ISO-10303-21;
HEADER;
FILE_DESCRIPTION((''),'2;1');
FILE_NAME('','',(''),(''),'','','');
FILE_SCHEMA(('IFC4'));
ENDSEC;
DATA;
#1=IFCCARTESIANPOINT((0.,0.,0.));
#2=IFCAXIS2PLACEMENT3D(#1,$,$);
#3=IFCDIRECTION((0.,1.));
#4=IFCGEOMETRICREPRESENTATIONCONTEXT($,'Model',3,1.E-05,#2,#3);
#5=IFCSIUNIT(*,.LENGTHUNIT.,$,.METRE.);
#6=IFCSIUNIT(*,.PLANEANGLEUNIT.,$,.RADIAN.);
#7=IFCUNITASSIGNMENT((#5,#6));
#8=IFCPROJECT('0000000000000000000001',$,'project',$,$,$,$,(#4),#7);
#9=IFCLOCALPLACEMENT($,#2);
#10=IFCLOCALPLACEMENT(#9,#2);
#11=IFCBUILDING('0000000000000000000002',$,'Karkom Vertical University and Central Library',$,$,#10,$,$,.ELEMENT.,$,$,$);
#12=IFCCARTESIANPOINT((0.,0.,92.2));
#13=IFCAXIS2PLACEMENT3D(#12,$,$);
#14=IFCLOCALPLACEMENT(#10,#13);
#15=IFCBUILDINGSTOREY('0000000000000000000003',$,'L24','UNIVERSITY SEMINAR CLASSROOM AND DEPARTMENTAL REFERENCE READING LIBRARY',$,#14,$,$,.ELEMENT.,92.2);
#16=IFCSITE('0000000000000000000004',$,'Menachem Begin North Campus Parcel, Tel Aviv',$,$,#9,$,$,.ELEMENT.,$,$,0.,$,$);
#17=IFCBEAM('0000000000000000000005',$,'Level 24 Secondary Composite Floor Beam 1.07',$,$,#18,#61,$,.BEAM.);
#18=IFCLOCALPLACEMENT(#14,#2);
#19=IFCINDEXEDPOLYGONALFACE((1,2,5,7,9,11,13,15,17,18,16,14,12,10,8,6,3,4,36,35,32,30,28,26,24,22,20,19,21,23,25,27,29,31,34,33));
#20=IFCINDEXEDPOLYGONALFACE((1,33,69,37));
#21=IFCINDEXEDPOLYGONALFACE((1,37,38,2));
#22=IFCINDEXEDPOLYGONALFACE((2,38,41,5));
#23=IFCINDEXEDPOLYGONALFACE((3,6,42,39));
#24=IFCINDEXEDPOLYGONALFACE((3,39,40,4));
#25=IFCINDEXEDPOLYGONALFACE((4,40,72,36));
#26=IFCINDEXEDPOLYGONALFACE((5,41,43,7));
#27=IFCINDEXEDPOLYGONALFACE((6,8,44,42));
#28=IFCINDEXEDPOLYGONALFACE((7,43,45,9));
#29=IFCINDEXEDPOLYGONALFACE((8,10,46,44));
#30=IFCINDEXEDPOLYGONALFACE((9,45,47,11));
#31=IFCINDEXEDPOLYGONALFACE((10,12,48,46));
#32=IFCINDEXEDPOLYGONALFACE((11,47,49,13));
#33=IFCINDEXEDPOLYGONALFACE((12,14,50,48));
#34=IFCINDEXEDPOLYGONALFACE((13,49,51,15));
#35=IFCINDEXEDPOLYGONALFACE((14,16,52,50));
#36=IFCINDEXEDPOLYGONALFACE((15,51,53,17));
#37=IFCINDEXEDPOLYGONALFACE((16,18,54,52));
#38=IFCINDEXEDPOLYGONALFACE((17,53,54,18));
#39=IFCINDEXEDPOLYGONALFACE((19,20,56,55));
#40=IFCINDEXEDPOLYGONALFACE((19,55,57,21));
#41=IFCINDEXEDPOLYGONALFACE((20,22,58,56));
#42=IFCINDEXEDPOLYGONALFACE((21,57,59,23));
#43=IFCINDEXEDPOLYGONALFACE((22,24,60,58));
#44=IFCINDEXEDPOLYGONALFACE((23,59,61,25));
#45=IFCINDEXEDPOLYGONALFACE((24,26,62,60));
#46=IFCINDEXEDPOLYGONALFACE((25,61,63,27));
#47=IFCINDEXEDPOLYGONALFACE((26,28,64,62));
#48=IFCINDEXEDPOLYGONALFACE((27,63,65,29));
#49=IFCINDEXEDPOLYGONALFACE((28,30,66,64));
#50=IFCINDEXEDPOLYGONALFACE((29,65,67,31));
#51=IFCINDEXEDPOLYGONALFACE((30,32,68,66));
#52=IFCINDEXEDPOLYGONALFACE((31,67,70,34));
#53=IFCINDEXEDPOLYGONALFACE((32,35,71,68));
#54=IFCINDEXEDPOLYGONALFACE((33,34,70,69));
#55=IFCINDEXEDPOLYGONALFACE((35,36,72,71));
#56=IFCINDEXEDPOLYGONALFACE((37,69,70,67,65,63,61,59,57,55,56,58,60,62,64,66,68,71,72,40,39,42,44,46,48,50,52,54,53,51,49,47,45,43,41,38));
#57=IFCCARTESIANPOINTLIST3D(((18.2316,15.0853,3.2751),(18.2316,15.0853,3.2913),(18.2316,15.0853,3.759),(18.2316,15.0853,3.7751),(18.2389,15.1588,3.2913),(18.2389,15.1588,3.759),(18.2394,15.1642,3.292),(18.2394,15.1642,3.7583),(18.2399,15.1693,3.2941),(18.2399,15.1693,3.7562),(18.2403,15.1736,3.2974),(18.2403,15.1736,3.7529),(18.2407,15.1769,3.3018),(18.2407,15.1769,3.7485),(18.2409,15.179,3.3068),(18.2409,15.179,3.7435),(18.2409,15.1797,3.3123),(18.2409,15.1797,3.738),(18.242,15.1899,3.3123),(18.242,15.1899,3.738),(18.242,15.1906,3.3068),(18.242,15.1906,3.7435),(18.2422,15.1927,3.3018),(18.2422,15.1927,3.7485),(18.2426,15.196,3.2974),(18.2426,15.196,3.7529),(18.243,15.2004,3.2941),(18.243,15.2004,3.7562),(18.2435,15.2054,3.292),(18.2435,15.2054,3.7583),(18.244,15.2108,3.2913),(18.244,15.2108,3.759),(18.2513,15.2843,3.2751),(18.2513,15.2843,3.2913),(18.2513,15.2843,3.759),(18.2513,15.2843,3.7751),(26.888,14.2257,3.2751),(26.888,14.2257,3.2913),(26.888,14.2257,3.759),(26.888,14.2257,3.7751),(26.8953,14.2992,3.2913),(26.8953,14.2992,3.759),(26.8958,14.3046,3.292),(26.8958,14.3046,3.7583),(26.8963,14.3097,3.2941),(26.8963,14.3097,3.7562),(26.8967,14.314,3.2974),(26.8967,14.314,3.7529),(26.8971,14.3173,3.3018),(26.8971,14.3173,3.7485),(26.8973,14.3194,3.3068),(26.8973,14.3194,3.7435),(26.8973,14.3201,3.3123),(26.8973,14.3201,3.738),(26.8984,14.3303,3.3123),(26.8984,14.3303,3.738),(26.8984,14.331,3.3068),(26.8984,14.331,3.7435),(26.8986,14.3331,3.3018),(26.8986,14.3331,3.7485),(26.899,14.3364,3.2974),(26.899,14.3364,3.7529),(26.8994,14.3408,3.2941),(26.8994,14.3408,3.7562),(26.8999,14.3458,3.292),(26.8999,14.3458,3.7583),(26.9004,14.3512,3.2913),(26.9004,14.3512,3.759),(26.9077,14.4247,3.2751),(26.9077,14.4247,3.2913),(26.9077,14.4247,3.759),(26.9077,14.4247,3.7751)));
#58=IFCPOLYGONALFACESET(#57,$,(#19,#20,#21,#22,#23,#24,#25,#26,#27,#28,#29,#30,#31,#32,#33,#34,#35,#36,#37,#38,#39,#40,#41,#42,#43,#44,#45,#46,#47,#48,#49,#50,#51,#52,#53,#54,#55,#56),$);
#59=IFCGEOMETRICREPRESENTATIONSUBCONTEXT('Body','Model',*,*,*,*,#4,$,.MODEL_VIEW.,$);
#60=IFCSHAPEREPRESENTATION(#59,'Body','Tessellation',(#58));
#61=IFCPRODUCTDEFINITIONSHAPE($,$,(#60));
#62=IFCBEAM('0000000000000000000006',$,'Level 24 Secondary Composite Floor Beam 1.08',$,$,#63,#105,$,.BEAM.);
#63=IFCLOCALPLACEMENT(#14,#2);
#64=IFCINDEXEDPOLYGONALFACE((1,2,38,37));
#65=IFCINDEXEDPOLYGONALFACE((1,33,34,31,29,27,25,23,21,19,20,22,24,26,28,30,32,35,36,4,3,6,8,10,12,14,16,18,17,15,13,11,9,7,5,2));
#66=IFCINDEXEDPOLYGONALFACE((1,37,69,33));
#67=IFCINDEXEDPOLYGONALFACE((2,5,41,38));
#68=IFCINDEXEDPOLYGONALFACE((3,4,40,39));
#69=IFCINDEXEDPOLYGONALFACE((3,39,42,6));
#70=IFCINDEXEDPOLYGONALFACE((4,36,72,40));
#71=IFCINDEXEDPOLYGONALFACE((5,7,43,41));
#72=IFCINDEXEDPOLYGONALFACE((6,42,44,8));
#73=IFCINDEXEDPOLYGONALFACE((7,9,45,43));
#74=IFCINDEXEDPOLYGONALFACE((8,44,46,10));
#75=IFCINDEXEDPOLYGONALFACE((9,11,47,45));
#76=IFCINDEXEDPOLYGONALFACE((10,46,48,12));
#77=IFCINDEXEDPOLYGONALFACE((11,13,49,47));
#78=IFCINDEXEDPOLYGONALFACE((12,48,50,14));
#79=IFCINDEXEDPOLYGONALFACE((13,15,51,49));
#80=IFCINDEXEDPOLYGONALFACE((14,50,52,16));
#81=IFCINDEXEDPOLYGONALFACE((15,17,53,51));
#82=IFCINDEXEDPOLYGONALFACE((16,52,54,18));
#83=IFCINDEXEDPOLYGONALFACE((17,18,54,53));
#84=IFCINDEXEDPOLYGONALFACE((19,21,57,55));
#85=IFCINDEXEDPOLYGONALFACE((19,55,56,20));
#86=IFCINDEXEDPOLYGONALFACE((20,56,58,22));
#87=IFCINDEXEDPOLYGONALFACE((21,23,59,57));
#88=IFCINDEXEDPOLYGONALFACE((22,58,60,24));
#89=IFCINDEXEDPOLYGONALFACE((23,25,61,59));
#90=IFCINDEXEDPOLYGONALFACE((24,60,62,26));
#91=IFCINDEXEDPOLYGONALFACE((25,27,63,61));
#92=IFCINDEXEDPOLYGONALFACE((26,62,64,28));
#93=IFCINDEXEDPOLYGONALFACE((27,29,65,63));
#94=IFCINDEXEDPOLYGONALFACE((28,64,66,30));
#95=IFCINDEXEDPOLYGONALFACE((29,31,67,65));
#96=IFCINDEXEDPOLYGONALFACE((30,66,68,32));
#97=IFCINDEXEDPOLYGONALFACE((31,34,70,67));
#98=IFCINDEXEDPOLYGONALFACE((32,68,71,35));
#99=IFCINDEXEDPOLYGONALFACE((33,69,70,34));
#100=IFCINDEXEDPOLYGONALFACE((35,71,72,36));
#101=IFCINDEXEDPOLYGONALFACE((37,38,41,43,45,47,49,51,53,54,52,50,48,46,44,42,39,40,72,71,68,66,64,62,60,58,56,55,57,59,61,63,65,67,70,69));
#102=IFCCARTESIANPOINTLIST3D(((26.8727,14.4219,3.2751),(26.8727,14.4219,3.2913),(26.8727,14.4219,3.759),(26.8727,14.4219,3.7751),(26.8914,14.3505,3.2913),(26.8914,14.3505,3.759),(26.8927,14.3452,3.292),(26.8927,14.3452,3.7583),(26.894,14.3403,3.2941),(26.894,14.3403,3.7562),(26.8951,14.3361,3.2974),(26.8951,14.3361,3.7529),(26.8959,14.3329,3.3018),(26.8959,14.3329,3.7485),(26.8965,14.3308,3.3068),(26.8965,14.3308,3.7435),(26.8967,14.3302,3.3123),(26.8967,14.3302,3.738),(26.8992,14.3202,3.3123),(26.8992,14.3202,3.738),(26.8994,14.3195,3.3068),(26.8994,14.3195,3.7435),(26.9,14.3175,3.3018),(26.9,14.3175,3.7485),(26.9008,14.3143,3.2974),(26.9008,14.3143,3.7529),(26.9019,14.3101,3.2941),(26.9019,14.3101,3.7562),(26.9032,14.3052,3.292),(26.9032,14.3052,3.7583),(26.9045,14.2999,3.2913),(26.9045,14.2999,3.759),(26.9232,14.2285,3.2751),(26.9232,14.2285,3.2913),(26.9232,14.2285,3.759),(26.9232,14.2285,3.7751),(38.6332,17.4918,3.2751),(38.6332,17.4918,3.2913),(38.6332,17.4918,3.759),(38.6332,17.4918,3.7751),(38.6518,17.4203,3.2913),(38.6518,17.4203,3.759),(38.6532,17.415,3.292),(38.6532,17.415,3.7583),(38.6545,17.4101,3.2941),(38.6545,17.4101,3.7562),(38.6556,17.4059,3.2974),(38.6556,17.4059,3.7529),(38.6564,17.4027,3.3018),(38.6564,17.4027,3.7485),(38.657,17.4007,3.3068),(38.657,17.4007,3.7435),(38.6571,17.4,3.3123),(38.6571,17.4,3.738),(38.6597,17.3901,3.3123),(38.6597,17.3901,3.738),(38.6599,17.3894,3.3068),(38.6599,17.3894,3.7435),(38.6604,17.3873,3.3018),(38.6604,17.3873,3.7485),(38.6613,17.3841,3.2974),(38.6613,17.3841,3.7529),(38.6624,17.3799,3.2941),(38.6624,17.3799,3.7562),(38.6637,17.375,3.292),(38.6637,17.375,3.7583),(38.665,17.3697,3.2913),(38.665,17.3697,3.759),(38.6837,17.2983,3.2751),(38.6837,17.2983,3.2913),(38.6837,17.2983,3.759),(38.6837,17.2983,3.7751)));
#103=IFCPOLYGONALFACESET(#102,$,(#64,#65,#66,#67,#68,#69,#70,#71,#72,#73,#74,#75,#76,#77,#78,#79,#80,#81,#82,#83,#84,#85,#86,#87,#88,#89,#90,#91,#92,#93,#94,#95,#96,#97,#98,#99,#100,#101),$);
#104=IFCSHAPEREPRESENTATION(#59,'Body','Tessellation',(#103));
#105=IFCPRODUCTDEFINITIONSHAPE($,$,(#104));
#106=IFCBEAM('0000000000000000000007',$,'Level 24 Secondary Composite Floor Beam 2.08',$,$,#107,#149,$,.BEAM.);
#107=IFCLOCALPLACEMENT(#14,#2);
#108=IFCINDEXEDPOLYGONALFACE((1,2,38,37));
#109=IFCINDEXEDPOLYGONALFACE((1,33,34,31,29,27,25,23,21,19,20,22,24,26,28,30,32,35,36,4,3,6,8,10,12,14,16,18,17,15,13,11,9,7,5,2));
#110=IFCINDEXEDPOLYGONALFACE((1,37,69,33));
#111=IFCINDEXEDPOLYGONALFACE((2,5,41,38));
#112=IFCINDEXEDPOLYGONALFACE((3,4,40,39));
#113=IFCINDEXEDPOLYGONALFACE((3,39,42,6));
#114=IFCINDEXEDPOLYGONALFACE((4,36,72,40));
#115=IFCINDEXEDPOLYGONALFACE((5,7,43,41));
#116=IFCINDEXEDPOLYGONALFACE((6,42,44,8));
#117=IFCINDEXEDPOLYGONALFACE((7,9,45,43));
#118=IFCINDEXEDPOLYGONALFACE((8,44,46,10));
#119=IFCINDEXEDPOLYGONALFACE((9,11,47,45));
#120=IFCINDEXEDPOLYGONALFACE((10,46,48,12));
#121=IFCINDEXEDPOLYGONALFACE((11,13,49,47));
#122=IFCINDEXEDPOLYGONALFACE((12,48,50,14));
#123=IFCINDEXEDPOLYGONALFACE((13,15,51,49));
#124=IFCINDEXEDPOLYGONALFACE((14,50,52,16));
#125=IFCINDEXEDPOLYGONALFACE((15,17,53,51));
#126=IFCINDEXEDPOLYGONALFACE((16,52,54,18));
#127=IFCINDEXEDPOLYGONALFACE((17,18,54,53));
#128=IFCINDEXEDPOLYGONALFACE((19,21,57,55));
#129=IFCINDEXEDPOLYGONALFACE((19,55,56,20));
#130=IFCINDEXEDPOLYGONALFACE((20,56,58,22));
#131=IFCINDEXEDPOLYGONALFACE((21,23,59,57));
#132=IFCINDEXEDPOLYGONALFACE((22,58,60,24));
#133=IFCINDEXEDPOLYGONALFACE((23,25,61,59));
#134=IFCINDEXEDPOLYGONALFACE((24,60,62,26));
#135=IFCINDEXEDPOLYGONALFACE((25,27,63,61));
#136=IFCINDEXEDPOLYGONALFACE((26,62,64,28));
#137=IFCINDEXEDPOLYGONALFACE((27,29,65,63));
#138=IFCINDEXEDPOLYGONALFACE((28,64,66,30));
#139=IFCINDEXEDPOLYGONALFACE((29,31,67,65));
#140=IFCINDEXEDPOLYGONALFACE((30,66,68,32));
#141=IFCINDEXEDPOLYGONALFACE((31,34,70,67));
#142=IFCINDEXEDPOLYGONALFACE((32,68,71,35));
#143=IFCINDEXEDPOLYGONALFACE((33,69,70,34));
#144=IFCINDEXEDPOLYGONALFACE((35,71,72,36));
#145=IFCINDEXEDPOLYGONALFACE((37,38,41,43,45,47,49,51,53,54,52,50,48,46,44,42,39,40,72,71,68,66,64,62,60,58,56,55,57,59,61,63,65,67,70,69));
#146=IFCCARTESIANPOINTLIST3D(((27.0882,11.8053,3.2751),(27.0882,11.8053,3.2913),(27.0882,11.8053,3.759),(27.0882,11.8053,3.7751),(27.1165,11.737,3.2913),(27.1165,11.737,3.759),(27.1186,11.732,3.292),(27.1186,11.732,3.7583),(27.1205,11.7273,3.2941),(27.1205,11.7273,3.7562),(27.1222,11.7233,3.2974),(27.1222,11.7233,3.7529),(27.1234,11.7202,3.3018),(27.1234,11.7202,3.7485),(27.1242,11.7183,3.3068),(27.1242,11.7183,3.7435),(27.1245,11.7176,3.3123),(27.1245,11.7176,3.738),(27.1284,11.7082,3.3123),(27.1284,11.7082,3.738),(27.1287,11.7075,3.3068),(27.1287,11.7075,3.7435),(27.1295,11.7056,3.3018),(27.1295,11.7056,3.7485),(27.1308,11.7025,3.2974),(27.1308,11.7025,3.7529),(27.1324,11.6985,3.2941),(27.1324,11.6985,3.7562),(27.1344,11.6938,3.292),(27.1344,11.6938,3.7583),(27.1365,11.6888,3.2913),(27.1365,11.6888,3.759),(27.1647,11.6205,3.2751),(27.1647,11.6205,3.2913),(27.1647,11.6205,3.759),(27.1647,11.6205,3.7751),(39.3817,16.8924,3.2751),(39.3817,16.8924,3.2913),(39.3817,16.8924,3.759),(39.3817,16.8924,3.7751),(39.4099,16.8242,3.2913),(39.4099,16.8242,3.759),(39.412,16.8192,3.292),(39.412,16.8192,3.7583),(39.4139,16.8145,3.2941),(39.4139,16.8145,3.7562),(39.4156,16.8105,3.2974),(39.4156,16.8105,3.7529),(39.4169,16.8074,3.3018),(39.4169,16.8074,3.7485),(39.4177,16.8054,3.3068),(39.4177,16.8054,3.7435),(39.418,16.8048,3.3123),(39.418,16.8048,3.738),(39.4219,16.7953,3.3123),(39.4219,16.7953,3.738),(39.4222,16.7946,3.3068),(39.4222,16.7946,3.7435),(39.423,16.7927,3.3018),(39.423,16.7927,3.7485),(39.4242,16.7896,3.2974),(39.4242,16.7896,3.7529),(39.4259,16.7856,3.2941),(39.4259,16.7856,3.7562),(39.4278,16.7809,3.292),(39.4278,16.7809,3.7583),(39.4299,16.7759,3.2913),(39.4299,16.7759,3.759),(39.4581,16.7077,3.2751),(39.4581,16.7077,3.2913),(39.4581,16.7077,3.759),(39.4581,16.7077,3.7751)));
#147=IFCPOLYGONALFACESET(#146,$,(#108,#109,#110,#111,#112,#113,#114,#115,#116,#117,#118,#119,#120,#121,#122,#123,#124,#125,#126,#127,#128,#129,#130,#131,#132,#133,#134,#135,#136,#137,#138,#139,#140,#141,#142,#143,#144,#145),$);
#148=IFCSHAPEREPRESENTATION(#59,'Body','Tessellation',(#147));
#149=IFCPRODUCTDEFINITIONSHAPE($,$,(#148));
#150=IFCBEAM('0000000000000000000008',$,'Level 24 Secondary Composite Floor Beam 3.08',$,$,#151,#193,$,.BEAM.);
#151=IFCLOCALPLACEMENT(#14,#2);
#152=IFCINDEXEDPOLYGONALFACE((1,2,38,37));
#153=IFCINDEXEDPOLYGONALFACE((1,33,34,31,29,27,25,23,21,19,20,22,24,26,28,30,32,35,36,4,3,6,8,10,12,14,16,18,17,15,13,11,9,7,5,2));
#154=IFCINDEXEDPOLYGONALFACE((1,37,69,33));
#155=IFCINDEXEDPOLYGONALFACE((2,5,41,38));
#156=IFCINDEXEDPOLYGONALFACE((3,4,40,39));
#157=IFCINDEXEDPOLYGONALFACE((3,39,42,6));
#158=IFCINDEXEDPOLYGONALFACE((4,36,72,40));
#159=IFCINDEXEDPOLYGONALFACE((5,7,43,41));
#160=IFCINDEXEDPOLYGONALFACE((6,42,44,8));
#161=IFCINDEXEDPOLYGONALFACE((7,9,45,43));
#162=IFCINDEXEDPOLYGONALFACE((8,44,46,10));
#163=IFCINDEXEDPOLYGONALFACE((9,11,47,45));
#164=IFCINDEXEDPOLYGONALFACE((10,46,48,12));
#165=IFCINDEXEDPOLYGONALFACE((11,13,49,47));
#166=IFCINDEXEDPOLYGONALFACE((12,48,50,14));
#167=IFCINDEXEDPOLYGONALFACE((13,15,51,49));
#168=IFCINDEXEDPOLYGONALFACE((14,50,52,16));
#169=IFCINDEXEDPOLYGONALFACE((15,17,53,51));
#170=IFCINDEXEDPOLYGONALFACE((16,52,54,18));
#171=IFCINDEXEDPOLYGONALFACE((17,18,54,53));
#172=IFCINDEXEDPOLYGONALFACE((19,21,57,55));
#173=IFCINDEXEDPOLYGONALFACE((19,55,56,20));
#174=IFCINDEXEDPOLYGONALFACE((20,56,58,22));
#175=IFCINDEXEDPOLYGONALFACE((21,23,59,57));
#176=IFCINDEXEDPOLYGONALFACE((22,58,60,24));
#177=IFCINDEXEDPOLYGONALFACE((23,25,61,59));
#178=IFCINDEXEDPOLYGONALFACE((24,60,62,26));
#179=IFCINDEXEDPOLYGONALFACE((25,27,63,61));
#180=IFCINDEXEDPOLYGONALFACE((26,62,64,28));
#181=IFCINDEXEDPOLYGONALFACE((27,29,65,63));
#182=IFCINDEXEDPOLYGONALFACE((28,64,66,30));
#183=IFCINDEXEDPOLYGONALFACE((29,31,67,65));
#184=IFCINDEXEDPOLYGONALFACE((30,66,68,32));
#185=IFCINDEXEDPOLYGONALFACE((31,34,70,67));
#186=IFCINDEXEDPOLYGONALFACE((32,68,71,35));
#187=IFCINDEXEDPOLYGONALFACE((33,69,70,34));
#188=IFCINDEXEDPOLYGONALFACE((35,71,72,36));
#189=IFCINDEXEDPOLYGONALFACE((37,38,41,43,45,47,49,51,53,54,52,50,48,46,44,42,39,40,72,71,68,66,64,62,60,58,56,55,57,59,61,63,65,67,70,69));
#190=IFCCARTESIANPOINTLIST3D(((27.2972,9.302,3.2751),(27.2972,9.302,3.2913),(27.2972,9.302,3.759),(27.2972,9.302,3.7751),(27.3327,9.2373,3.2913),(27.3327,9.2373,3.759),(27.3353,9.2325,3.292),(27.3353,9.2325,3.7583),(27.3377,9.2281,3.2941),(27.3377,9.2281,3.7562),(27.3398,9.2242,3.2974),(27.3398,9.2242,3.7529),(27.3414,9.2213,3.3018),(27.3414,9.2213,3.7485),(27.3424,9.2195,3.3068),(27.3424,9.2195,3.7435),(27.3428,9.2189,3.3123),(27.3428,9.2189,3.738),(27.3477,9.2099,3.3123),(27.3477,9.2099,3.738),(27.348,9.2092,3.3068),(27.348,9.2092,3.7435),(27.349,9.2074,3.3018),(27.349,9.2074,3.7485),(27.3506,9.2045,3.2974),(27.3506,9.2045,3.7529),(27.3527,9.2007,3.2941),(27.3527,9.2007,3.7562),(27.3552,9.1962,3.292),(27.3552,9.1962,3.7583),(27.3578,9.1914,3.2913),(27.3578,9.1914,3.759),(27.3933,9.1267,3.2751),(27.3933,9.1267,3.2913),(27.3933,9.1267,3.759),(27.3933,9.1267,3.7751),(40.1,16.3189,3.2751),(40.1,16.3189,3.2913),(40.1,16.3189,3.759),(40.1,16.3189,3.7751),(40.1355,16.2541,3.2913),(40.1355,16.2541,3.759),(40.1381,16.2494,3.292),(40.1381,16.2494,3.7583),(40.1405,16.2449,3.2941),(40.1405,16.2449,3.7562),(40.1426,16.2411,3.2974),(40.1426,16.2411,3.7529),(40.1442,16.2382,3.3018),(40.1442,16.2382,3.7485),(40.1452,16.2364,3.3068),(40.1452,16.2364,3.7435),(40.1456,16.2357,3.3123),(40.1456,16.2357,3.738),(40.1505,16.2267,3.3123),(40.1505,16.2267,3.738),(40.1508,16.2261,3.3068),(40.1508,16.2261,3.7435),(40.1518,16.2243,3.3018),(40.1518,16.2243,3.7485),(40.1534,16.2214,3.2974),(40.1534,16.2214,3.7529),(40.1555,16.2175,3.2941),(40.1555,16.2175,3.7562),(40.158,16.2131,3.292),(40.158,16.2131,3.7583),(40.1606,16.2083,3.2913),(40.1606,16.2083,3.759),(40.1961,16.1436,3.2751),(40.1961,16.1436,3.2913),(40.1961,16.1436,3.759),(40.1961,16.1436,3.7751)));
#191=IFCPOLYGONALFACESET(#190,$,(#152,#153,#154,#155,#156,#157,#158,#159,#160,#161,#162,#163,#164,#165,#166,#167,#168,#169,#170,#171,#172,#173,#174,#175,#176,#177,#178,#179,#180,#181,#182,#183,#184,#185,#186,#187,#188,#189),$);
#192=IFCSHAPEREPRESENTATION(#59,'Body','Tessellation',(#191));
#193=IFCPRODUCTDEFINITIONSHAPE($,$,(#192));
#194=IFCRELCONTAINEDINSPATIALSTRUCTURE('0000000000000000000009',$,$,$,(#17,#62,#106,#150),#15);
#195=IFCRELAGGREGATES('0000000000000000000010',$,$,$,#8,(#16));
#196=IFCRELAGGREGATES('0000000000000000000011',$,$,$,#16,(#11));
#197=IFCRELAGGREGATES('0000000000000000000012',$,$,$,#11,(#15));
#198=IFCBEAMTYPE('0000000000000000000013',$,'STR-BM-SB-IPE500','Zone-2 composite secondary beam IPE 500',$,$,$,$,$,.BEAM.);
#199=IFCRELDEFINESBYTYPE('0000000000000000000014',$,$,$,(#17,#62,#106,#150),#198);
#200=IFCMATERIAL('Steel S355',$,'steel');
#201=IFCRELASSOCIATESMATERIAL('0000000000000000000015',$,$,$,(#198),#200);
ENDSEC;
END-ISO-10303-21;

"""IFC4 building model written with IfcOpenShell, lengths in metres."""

from ifc_helpers import new_model, si_unit, direction, frame, origin, origin_with_axes, origin_2d, place, context, subcontext, project, spatial, i_section, extrude, source, transform, mapped, material, material_profile, profile_set, type_object, element, save


model = new_model("IFC4")

# Units and contexts
model_context = context("Model", 3, precision=1e-05, world=origin(), true_north=direction((0.0, 1.0)))
body_context = subcontext(model_context, "Body", "Model", "MODEL_VIEW")
ifc_project = project(units=[si_unit("LENGTHUNIT", "METRE"), si_unit("PLANEANGLEUNIT", "RADIAN")], contexts=[model_context])

# Site, building, storey
site_placement = place(None, origin())
site = spatial("IfcSite", under=ifc_project, at=site_placement, Name="Menachem Begin North Campus Parcel, Tel Aviv", CompositionType="ELEMENT", RefElevation=0.0)
building_placement = place(site_placement, origin())
building = spatial("IfcBuilding", under=site, at=building_placement, Name="Karkom Vertical University and Central Library", CompositionType="ELEMENT")
storey_placement = place(building_placement, frame((0.0, 0.0, 92.2)))
storey = spatial("IfcBuildingStorey", under=building, at=storey_placement, Name="L24", Description="UNIVERSITY SEMINAR CLASSROOM AND DEPARTMENTAL REFERENCE READING LIBRARY", CompositionType="ELEMENT", Elevation=92.2)

# Beams
ifc_material_1 = material(Name="Steel S355", Category="steel")
ifc_material_profile_1 = material_profile(ifc_material_1, i_section(OverallWidth=0.2, OverallDepth=0.5, WebThickness=0.0103, FlangeThickness=0.0161, FilletRadius=0.021, at=origin_2d()), Name="IPE 500")
ifc_profile_set_1 = profile_set([ifc_material_profile_1], Name="Steel S355")
beam_type_1 = type_object("IfcBeamType", Name="STR-BM-SB-IPE500", Description="Zone-2 composite secondary beam IPE 500", PredefinedType="BEAM", material=ifc_profile_set_1)
shared_shape_1 = source(origin_with_axes(), body_context, "Body", "SweptSolid", [
    extrude(i_section(OverallWidth=0.2, OverallDepth=0.5, WebThickness=0.0103, FlangeThickness=0.0161, FilletRadius=0.021, at=origin_2d()), origin(), (0.0, 0.0, 1.0), 8.699),
])
beam_1_placement = place(storey_placement, frame((18.2415, 15.1848, 3.5251), z_axis=(0.995106, -0.098817, 0.0), x_axis=(0.098817, 0.995106, 0.0)))
element("IfcBeam", 1, at=beam_1_placement, inside=storey, type_object=beam_type_1, Name="Level 24 Secondary Composite Floor Beam 1.07", PredefinedType="BEAM", context=body_context, shape_type="MappedRepresentation", body=[
    mapped(shared_shape_1, transform((0.0, 0.0, 0.0), scale=1.0)),
])
shared_shape_2 = source(origin_with_axes(), body_context, "Body", "SweptSolid", [
    extrude(i_section(OverallWidth=0.2, OverallDepth=0.5, WebThickness=0.0103, FlangeThickness=0.0161, FilletRadius=0.021, at=origin_2d()), origin(), (0.0, 0.0, 1.0), 12.1545),
])
beam_2_placement = place(storey_placement, frame((26.8979, 14.3252, 3.5251), z_axis=(0.96758, 0.252566, 0.0), x_axis=(-0.252566, 0.96758, 0.0)))
element("IfcBeam", 2, at=beam_2_placement, inside=storey, type_object=beam_type_1, Name="Level 24 Secondary Composite Floor Beam 1.08", PredefinedType="BEAM", context=body_context, shape_type="MappedRepresentation", body=[
    mapped(shared_shape_2, transform((0.0, 0.0, 0.0), scale=1.0)),
])
shared_shape_3 = source(origin_with_axes(), body_context, "Body", "SweptSolid", [
    extrude(i_section(OverallWidth=0.2, OverallDepth=0.5, WebThickness=0.0103, FlangeThickness=0.0161, FilletRadius=0.021, at=origin_2d()), origin(), (0.0, 0.0, 1.0), 13.3044),
])
beam_3_placement = place(storey_placement, frame((27.1265, 11.7129, 3.5251), z_axis=(0.924011, 0.382365, 0.0), x_axis=(-0.382365, 0.924011, 0.0)))
element("IfcBeam", 3, at=beam_3_placement, inside=storey, type_object=beam_type_1, Name="Level 24 Secondary Composite Floor Beam 2.08", PredefinedType="BEAM", context=body_context, shape_type="MappedRepresentation", body=[
    mapped(shared_shape_3, transform((0.0, 0.0, 0.0), scale=1.0)),
])
shared_shape_4 = source(origin_with_axes(), body_context, "Body", "SweptSolid", [
    extrude(i_section(OverallWidth=0.2, OverallDepth=0.5, WebThickness=0.0103, FlangeThickness=0.0161, FilletRadius=0.021, at=origin_2d()), origin(), (0.0, 0.0, 1.0), 14.5996),
])
beam_4_placement = place(storey_placement, frame((27.3452, 9.2144, 3.5251), z_axis=(0.876928, 0.480622, 0.0), x_axis=(-0.480622, 0.876928, 0.0)))
element("IfcBeam", 4, at=beam_4_placement, inside=storey, type_object=beam_type_1, Name="Level 24 Secondary Composite Floor Beam 3.08", PredefinedType="BEAM", context=body_context, shape_type="MappedRepresentation", body=[
    mapped(shared_shape_4, transform((0.0, 0.0, 0.0), scale=1.0)),
])

save(model, "model.ifc")
